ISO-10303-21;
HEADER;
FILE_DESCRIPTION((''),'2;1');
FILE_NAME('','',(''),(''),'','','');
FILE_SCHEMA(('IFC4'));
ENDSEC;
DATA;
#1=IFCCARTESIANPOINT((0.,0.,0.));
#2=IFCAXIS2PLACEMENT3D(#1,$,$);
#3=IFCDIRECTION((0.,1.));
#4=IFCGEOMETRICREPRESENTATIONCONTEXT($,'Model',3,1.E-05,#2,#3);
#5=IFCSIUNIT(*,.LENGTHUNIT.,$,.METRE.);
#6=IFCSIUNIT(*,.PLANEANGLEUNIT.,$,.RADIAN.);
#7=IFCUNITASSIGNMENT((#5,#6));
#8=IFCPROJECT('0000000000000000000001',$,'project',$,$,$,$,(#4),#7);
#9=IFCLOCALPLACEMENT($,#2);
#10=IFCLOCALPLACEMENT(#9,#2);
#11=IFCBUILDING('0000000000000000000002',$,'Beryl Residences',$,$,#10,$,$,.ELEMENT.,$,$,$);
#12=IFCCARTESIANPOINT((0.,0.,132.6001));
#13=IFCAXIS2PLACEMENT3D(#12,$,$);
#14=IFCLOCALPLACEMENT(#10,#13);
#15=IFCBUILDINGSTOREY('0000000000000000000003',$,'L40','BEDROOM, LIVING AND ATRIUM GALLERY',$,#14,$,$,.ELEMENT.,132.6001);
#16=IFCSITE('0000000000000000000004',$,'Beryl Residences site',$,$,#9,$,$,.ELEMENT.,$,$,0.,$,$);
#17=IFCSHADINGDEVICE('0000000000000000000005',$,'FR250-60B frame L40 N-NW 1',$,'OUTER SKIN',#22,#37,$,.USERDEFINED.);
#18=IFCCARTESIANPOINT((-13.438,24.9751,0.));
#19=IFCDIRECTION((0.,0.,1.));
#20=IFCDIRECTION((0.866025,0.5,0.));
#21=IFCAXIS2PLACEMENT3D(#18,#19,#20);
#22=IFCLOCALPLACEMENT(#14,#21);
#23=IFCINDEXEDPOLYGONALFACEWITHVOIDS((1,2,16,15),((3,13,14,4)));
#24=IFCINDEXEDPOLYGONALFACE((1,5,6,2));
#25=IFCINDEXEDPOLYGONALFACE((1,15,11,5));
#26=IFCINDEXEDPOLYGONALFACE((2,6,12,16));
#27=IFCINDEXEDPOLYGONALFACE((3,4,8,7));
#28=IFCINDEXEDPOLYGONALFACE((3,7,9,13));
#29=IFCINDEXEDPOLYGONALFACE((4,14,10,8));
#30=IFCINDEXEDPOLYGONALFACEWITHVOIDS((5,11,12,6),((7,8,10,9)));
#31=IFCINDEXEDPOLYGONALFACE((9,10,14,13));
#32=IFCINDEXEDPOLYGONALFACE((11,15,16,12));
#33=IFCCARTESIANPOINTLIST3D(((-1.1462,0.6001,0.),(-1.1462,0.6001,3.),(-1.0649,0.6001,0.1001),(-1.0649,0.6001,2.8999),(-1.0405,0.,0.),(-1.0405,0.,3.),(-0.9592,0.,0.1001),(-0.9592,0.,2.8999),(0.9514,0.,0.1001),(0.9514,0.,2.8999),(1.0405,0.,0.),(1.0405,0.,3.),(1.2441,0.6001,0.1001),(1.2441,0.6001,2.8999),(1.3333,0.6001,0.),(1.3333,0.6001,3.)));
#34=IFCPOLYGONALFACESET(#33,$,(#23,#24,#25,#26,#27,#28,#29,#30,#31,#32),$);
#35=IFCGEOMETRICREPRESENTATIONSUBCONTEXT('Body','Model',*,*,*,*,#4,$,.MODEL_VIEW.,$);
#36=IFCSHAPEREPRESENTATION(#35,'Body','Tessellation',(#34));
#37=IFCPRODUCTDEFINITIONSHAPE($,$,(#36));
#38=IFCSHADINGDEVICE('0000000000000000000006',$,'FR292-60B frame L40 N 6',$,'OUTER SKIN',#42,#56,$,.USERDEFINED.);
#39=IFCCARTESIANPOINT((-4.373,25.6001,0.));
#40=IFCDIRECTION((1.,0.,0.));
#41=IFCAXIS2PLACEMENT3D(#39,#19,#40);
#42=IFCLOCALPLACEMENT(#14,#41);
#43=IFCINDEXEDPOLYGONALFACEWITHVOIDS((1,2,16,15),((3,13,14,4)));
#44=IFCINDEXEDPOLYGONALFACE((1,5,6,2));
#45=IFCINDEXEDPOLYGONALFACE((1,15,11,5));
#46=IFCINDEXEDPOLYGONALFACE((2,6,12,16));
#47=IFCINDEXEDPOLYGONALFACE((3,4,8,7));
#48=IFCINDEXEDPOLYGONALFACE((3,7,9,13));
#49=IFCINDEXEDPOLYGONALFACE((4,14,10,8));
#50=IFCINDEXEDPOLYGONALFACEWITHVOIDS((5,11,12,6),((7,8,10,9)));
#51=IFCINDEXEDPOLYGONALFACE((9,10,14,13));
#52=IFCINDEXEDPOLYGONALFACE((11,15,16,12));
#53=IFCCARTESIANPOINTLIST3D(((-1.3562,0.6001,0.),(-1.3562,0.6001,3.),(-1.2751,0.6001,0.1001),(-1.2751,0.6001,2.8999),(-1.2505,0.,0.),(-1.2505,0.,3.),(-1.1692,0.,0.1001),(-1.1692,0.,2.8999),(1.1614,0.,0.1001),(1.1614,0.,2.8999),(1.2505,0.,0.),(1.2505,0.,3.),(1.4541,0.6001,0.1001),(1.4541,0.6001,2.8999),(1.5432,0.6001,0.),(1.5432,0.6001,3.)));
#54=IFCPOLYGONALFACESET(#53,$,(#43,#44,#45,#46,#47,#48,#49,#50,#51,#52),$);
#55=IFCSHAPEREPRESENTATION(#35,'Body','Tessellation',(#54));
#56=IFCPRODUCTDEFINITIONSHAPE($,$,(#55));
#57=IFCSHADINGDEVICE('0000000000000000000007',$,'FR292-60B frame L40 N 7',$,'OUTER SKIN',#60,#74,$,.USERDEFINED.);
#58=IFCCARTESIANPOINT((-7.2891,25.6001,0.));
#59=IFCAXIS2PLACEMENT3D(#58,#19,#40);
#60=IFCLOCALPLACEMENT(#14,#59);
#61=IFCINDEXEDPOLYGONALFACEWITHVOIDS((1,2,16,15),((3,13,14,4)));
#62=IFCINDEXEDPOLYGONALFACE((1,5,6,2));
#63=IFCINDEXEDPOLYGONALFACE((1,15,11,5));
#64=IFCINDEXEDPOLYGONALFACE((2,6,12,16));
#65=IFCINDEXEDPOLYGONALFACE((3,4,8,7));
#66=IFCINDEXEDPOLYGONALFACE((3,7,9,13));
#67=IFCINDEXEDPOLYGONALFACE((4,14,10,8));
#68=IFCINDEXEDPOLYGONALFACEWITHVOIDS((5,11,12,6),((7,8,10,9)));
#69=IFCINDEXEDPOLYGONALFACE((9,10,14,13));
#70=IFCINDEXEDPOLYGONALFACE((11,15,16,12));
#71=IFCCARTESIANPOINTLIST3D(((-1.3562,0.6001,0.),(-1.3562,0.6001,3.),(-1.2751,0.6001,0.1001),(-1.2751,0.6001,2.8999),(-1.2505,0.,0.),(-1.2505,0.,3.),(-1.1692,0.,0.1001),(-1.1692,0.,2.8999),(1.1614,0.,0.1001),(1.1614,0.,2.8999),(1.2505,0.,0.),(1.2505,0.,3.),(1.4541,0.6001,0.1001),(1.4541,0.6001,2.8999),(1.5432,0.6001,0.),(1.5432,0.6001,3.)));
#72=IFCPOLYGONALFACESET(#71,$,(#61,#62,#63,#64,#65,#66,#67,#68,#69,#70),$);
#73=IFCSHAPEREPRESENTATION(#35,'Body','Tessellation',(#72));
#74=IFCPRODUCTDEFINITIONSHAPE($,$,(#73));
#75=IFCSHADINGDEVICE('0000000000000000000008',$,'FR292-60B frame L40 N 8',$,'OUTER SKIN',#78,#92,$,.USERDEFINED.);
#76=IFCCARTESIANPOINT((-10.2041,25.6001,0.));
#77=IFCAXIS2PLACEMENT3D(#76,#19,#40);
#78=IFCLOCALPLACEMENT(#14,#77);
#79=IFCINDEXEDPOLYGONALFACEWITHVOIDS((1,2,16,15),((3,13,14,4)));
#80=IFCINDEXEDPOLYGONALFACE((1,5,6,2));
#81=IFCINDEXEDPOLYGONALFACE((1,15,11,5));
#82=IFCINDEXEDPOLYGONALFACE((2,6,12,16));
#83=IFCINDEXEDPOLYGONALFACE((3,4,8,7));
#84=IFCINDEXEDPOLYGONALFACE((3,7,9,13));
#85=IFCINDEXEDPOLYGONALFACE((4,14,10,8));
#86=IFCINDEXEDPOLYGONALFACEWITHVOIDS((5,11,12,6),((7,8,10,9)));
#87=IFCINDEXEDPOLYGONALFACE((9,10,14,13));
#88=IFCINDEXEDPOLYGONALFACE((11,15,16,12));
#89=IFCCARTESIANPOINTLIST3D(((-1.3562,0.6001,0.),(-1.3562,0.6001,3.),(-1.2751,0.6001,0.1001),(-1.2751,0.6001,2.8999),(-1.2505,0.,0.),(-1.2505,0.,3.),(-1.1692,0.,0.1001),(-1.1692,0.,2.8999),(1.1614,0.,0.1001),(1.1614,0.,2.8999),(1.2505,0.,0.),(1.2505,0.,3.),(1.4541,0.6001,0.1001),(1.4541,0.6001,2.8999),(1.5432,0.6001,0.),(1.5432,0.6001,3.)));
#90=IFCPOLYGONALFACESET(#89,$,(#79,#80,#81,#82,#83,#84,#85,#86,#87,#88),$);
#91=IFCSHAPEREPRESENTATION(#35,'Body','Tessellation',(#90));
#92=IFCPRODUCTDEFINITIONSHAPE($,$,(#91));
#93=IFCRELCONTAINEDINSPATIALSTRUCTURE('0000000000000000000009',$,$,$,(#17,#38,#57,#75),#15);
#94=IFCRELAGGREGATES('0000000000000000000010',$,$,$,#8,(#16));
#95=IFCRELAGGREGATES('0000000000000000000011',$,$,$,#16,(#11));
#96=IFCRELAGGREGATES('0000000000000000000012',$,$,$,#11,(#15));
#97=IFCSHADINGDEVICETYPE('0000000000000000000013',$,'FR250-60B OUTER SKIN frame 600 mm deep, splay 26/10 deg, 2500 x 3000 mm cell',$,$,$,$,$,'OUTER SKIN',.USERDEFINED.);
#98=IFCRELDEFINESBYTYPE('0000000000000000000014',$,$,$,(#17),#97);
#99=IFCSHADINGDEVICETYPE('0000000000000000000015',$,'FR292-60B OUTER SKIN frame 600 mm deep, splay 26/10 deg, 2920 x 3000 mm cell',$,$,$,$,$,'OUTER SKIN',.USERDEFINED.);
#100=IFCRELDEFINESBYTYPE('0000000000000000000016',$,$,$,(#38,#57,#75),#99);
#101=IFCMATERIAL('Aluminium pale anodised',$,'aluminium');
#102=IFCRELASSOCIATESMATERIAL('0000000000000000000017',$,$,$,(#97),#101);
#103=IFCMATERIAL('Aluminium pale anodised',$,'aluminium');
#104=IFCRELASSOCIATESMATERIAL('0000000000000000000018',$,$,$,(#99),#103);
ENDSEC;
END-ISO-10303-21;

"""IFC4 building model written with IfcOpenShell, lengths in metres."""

from ifc_helpers import new_model, entity, si_unit, direction, frame, origin, place, context, subcontext, project, spatial, source, transform, mapped, material, type_object, type_shapes, element, save


model = new_model("IFC4")

# Units and contexts
model_context = context("Model", 3, precision=1e-05, world=origin(), true_north=direction((0.0, 1.0)))
body_context = subcontext(model_context, "Body", "Model", "MODEL_VIEW")
ifc_project = project(units=[si_unit("LENGTHUNIT", "METRE"), si_unit("PLANEANGLEUNIT", "RADIAN")], contexts=[model_context])

# Site, building, storey
site_placement = place(None, origin())
site = spatial("IfcSite", under=ifc_project, at=site_placement, Name="Beryl Residences site", CompositionType="ELEMENT", RefElevation=0.0)
building_placement = place(site_placement, origin())
building = spatial("IfcBuilding", under=site, at=building_placement, Name="Beryl Residences", CompositionType="ELEMENT")
storey_placement = place(building_placement, frame((0.0, 0.0, 132.6001)))
storey = spatial("IfcBuildingStorey", under=building, at=storey_placement, Name="L40", Description="BEDROOM, LIVING AND ATRIUM GALLERY", CompositionType="ELEMENT", Elevation=132.6001)

# Shading devices
ifc_material_1 = material(Name="Aluminium pale anodised", Category="aluminium")
shading_device_type_1 = type_object("IfcShadingDeviceType", Name="FR250-60B OUTER SKIN frame 600 mm deep, splay 26/10 deg, 2500 x 3000 mm cell", ElementType="OUTER SKIN", PredefinedType="USERDEFINED", material=ifc_material_1)
cartesian_point_1 = entity("IfcCartesianPoint", [-1.0405, 0.0])
cartesian_point_2 = entity("IfcCartesianPoint", [-0.9514, 0.1001])
cartesian_point_3 = entity("IfcCartesianPoint", [-1.3333, 0.0])
cartesian_point_4 = entity("IfcCartesianPoint", [-1.2441, 0.1001])
shared_shape_1 = source(origin(), body_context, "Body", "SweptSolid", [
    entity("IfcExtrudedAreaSolidTapered", entity("IfcArbitraryProfileDefWithVoids", "AREA", None, entity("IfcPolyline", [cartesian_point_1, entity("IfcCartesianPoint", [1.0405, 0.0]), entity("IfcCartesianPoint", [1.0405, 3.0]), entity("IfcCartesianPoint", [-1.0405, 3.0]), cartesian_point_1]), [entity("IfcPolyline", [cartesian_point_2, entity("IfcCartesianPoint", [0.9592, 0.1001]), entity("IfcCartesianPoint", [0.9592, 2.8999]), entity("IfcCartesianPoint", [-0.9514, 2.8999]), cartesian_point_2])]), entity("IfcAxis2Placement3D", entity("IfcCartesianPoint", [0.0, 0.0, 0.0]), entity("IfcDirection", [0.0, 1.0, 0.0]), entity("IfcDirection", [-1.0, 0.0, 0.0])), entity("IfcDirection", [0.0, 0.0, 1.0]), 0.6001, entity("IfcArbitraryProfileDefWithVoids", "AREA", None, entity("IfcPolyline", [cartesian_point_3, entity("IfcCartesianPoint", [1.1462, 0.0]), entity("IfcCartesianPoint", [1.1462, 3.0]), entity("IfcCartesianPoint", [-1.3333, 3.0]), cartesian_point_3]), [entity("IfcPolyline", [cartesian_point_4, entity("IfcCartesianPoint", [1.0649, 0.1001]), entity("IfcCartesianPoint", [1.0649, 2.8999]), entity("IfcCartesianPoint", [-1.2441, 2.8999]), cartesian_point_4])])),
])
type_shapes(shading_device_type_1, [shared_shape_1])
shading_device_placement = place(storey_placement, frame((-13.438, 24.9751, 0.0), z_axis=(0.0, 0.0, 1.0), x_axis=(0.866025, 0.5, 0.0)))
element("IfcShadingDevice", 1, at=shading_device_placement, inside=storey, type_object=shading_device_type_1, Name="FR250-60B frame L40 N-NW 1", ObjectType="OUTER SKIN", PredefinedType="USERDEFINED", context=body_context, shape_type="MappedRepresentation", body=[
    mapped(shared_shape_1, transform((0.0, 0.0, 0.0))),
])
ifc_material_2 = material(Name="Aluminium pale anodised", Category="aluminium")
shading_device_type_2 = type_object("IfcShadingDeviceType", Name="FR292-60B OUTER SKIN frame 600 mm deep, splay 26/10 deg, 2920 x 3000 mm cell", ElementType="OUTER SKIN", PredefinedType="USERDEFINED", material=ifc_material_2)
cartesian_point_5 = entity("IfcCartesianPoint", [-1.2505, 0.0])
cartesian_point_6 = entity("IfcCartesianPoint", [-1.1614, 0.1001])
cartesian_point_7 = entity("IfcCartesianPoint", [-1.5432, 0.0])
cartesian_point_8 = entity("IfcCartesianPoint", [-1.4541, 0.1001])
shared_shape_2 = source(origin(), body_context, "Body", "SweptSolid", [
    entity("IfcExtrudedAreaSolidTapered", entity("IfcArbitraryProfileDefWithVoids", "AREA", None, entity("IfcPolyline", [cartesian_point_5, entity("IfcCartesianPoint", [1.2505, 0.0]), entity("IfcCartesianPoint", [1.2505, 3.0]), entity("IfcCartesianPoint", [-1.2505, 3.0]), cartesian_point_5]), [entity("IfcPolyline", [cartesian_point_6, entity("IfcCartesianPoint", [1.1692, 0.1001]), entity("IfcCartesianPoint", [1.1692, 2.8999]), entity("IfcCartesianPoint", [-1.1614, 2.8999]), cartesian_point_6])]), entity("IfcAxis2Placement3D", entity("IfcCartesianPoint", [0.0, 0.0, 0.0]), entity("IfcDirection", [0.0, 1.0, 0.0]), entity("IfcDirection", [-1.0, 0.0, 0.0])), entity("IfcDirection", [0.0, 0.0, 1.0]), 0.6001, entity("IfcArbitraryProfileDefWithVoids", "AREA", None, entity("IfcPolyline", [cartesian_point_7, entity("IfcCartesianPoint", [1.3562, 0.0]), entity("IfcCartesianPoint", [1.3562, 3.0]), entity("IfcCartesianPoint", [-1.5432, 3.0]), cartesian_point_7]), [entity("IfcPolyline", [cartesian_point_8, entity("IfcCartesianPoint", [1.2751, 0.1001]), entity("IfcCartesianPoint", [1.2751, 2.8999]), entity("IfcCartesianPoint", [-1.4541, 2.8999]), cartesian_point_8])])),
])
type_shapes(shading_device_type_2, [shared_shape_2])
for number, where, z_axis, x_axis, name in (
    (2, (-4.373, 25.6001, 0.0), (0.0, 0.0, 1.0), (1.0, 0.0, 0.0), "FR292-60B frame L40 N 6"),
    (3, (-7.2891, 25.6001, 0.0), (0.0, 0.0, 1.0), (1.0, 0.0, 0.0), "FR292-60B frame L40 N 7"),
    (4, (-10.2041, 25.6001, 0.0), (0.0, 0.0, 1.0), (1.0, 0.0, 0.0), "FR292-60B frame L40 N 8"),
):
    element("IfcShadingDevice", number, at=place(storey_placement, frame(where, z_axis=z_axis, x_axis=x_axis)), inside=storey, type_object=shading_device_type_2, Name=name, ObjectType="OUTER SKIN", PredefinedType="USERDEFINED", context=body_context, shape_type="MappedRepresentation", body=[
        mapped(shared_shape_2, transform((0.0, 0.0, 0.0))),
    ])

save(model, "model.ifc")
